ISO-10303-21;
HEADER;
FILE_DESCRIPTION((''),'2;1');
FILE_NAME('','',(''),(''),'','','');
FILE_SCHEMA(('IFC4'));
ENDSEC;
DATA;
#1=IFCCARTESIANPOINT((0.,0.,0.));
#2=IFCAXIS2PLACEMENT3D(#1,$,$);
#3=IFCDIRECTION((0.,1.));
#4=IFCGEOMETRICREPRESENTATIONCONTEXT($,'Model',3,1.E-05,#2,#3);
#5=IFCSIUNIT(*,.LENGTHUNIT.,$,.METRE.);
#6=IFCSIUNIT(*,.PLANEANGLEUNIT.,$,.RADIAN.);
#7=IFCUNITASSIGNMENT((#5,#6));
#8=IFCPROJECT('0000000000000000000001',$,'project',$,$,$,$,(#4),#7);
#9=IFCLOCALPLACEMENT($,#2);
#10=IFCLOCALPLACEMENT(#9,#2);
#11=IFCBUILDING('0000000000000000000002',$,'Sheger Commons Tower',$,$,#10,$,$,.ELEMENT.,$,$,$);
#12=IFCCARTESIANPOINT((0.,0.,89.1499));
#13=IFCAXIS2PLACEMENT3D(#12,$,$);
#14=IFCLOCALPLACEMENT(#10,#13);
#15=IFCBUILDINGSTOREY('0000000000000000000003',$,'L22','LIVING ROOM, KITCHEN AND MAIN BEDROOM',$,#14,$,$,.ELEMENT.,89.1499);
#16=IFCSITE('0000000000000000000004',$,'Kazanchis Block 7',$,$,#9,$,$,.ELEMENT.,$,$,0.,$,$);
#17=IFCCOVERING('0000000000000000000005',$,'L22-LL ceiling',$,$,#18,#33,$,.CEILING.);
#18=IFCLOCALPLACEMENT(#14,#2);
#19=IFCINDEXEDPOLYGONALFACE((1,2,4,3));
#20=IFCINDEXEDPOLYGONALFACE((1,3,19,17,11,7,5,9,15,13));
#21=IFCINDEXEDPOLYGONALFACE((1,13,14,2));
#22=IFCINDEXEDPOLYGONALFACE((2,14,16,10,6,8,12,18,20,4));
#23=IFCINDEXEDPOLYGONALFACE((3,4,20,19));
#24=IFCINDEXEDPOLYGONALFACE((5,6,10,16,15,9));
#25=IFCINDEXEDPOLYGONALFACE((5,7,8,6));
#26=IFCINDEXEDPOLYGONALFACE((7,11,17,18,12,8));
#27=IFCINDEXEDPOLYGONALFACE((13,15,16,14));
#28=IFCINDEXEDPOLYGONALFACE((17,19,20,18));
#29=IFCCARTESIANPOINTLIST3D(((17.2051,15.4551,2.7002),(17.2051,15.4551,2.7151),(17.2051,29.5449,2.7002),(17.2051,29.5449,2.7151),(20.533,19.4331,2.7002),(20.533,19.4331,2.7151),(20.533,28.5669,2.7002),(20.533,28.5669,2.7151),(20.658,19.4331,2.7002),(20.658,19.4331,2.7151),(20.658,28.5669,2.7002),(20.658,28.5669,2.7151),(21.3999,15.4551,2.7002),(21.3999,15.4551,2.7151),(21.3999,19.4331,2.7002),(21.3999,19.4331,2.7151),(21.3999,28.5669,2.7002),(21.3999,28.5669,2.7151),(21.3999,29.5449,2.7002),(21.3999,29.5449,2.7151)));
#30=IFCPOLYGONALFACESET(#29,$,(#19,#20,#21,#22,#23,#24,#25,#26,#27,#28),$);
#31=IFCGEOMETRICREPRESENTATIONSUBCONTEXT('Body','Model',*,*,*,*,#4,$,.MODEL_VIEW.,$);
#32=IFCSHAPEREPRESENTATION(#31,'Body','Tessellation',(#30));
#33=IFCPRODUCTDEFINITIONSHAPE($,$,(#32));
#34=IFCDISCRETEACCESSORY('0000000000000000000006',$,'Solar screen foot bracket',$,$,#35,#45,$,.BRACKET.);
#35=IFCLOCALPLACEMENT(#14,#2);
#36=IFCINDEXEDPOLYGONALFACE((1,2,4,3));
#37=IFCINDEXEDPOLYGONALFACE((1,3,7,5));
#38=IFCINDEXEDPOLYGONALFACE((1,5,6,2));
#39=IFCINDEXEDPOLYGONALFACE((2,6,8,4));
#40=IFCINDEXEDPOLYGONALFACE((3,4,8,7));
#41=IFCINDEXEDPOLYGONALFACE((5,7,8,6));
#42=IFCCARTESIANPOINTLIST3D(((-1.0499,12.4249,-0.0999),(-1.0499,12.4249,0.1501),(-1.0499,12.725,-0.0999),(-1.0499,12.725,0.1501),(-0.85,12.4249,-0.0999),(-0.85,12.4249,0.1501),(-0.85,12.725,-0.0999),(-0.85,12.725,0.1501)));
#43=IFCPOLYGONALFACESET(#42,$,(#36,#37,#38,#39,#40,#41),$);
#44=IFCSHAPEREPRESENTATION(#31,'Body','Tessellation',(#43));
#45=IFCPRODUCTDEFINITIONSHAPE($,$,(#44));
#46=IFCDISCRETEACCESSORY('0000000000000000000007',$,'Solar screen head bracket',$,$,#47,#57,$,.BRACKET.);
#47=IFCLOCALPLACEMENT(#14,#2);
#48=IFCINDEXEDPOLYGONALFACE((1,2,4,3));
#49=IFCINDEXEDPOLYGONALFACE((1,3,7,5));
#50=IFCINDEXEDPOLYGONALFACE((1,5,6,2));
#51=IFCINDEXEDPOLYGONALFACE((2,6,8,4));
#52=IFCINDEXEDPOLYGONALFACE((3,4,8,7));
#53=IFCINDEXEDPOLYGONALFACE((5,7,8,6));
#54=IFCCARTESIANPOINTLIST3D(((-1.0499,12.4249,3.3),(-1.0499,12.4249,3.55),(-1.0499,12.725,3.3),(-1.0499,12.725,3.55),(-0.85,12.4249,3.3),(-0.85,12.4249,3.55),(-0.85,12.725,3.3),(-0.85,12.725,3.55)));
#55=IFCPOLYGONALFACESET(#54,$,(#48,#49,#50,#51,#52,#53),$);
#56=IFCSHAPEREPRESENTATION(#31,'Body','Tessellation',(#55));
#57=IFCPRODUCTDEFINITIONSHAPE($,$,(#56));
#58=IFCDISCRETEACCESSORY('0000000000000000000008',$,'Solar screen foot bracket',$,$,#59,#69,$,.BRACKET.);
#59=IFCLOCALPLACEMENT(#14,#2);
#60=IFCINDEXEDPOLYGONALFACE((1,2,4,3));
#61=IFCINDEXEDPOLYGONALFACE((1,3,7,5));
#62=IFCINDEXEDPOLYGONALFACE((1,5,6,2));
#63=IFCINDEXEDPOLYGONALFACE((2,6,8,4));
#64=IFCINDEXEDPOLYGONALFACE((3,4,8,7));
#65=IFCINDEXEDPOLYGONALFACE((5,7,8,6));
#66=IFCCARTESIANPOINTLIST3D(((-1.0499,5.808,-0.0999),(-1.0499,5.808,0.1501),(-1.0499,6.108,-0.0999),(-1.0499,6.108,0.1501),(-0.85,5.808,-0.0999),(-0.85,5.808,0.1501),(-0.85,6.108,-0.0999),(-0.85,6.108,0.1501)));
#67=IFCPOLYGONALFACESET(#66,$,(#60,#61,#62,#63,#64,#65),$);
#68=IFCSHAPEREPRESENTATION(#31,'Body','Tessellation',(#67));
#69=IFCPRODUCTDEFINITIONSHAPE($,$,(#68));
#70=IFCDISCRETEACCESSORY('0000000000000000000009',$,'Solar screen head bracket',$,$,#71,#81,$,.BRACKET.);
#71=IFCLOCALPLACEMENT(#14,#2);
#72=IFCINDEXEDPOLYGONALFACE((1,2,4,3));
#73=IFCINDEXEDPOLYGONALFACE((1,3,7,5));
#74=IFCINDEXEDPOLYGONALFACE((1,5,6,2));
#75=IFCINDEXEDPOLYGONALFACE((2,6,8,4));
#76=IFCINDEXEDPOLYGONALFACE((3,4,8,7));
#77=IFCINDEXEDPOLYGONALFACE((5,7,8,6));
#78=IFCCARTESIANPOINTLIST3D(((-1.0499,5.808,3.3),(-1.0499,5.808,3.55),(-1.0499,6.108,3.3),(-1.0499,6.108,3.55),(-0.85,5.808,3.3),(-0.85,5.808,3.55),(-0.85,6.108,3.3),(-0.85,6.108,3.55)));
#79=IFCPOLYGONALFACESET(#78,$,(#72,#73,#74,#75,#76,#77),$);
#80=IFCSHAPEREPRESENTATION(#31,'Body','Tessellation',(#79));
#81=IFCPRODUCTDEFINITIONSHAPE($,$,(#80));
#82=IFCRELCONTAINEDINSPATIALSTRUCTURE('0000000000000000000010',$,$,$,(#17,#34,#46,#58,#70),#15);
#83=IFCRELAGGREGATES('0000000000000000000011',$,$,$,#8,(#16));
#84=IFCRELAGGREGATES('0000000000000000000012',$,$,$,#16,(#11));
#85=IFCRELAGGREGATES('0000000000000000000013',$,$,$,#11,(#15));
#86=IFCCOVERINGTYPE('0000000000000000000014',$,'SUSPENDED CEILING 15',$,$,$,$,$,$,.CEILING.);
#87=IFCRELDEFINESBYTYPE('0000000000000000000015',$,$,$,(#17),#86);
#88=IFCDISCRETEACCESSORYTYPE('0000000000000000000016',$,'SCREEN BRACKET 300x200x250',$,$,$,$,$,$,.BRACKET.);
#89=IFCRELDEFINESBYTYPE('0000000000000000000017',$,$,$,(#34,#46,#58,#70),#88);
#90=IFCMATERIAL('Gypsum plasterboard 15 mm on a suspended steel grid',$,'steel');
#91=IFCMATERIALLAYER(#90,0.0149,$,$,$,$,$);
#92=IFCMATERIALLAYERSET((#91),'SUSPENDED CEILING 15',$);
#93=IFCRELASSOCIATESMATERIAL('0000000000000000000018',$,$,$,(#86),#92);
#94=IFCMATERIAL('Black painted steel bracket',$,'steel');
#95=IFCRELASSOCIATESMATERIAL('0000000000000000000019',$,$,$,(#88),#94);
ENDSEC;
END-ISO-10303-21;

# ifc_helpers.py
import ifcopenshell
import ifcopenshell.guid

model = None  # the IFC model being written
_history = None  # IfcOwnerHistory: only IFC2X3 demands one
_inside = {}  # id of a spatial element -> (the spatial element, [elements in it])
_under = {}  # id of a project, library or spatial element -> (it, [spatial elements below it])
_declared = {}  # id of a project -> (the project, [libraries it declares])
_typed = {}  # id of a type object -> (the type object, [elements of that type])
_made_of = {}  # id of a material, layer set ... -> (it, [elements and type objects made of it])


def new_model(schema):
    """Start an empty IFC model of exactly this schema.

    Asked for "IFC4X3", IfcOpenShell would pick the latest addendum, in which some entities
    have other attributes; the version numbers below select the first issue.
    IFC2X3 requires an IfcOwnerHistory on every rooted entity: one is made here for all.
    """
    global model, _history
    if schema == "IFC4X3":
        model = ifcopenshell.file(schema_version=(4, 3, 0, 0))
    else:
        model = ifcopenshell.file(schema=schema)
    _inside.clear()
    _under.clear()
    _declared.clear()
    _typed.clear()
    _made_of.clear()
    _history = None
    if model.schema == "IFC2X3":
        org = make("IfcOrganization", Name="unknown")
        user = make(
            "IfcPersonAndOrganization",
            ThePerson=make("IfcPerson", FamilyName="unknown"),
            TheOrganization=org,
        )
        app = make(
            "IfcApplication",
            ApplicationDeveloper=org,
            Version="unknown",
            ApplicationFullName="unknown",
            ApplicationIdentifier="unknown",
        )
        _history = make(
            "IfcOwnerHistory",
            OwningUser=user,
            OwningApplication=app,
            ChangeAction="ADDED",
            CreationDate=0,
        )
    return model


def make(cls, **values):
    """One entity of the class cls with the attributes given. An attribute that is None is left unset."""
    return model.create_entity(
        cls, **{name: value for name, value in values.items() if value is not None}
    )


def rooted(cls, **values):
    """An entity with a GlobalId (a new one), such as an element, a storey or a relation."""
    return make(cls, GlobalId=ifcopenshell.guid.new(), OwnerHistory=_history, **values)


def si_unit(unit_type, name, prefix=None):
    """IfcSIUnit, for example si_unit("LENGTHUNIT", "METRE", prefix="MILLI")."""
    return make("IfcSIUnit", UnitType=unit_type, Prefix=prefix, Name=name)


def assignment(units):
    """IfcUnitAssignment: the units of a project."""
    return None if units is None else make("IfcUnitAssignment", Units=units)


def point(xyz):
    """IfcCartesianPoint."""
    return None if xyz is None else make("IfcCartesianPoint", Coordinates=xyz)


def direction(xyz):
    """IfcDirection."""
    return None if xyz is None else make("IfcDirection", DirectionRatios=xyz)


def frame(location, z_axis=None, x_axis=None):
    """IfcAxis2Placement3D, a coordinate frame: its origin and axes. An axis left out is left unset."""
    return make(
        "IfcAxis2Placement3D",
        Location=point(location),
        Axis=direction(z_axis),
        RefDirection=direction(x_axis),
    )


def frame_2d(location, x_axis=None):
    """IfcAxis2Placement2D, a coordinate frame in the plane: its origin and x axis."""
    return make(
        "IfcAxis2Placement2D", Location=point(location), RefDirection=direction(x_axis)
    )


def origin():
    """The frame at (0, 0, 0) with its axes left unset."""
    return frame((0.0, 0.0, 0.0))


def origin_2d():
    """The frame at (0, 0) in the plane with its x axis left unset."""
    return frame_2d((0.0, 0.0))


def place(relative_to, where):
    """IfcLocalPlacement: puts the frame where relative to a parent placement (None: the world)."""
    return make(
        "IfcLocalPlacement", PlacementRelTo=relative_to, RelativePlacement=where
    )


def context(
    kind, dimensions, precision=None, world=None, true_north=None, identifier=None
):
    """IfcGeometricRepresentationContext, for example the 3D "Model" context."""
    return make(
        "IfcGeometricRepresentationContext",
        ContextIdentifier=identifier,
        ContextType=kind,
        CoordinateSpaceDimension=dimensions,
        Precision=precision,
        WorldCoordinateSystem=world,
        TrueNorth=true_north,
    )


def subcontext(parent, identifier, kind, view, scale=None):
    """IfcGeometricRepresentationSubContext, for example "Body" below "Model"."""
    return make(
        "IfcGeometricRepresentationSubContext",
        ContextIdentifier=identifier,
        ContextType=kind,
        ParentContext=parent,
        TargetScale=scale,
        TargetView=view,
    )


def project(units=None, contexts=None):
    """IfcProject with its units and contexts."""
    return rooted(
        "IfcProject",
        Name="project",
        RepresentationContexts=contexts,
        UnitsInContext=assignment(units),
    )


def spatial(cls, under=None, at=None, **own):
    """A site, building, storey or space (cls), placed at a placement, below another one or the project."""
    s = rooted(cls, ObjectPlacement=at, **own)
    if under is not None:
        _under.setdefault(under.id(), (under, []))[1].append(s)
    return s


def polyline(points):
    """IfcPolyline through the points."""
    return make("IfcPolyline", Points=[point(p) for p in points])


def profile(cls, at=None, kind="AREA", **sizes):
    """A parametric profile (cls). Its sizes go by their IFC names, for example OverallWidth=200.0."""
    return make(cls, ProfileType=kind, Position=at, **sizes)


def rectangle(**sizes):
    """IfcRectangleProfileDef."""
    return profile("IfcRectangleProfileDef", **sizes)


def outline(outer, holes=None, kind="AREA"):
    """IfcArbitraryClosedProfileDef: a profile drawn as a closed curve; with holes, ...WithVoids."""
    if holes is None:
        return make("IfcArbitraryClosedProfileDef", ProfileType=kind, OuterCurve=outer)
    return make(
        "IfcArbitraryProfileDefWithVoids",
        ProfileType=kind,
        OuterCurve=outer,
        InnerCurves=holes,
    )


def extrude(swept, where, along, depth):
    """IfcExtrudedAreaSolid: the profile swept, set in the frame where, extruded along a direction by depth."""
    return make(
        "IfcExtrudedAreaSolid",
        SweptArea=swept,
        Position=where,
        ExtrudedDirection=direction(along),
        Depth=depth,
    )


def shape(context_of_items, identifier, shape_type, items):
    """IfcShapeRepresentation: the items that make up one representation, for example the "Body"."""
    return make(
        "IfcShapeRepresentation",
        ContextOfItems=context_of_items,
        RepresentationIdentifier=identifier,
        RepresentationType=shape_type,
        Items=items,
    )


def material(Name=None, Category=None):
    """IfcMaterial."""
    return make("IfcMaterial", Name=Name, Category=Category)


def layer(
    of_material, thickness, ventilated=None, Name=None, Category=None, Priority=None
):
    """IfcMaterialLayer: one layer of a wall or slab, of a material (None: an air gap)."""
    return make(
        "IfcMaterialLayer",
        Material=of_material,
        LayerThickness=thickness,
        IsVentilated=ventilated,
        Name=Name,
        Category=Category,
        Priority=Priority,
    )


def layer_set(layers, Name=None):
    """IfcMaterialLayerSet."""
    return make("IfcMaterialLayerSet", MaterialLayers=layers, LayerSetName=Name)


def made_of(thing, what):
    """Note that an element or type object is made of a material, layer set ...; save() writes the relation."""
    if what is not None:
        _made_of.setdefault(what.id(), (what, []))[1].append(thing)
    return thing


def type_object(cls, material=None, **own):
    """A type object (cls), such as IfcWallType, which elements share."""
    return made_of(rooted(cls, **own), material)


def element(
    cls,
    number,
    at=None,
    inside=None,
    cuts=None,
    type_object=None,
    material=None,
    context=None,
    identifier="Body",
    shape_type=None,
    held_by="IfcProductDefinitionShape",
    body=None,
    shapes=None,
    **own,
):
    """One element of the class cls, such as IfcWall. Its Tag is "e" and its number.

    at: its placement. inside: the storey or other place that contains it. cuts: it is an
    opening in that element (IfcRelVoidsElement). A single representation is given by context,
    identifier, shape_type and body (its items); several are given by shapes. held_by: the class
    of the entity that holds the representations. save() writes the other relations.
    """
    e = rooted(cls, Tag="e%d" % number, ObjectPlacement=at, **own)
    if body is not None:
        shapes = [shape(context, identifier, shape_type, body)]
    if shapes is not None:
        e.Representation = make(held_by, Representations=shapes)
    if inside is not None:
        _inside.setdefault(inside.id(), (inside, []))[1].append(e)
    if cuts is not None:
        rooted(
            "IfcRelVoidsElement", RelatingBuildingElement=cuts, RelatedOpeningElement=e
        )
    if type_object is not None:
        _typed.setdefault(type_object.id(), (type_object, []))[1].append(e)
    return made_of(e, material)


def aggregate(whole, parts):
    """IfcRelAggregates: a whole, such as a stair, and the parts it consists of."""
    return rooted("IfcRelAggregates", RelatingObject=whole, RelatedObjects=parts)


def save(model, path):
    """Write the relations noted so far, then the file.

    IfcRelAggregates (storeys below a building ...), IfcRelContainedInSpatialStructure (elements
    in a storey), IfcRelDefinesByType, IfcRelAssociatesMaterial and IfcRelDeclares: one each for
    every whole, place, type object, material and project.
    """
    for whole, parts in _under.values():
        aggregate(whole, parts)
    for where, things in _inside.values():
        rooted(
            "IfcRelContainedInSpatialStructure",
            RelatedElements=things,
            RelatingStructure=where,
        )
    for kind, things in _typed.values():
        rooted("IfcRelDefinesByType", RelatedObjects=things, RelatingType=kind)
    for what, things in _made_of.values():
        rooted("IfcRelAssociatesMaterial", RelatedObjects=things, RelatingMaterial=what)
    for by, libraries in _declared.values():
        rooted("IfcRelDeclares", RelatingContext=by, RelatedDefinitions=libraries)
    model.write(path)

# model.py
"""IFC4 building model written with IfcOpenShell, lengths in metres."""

from ifc_helpers import new_model, si_unit, direction, frame, origin, origin_2d, place, context, subcontext, project, spatial, polyline, rectangle, outline, extrude, material, layer, layer_set, type_object, element, save


model = new_model("IFC4")

# Units and contexts
model_context = context("Model", 3, precision=1e-05, world=origin(), true_north=direction((0.0, 1.0)))
body_context = subcontext(model_context, "Body", "Model", "MODEL_VIEW")
ifc_project = project(units=[si_unit("LENGTHUNIT", "METRE"), si_unit("PLANEANGLEUNIT", "RADIAN")], contexts=[model_context])

# Site, building, storey
site_placement = place(None, origin())
site = spatial("IfcSite", under=ifc_project, at=site_placement, Name="Kazanchis Block 7", CompositionType="ELEMENT", RefElevation=0.0)
building_placement = place(site_placement, origin())
building = spatial("IfcBuilding", under=site, at=building_placement, Name="Sheger Commons Tower", CompositionType="ELEMENT")
storey_placement = place(building_placement, frame((0.0, 0.0, 89.1499)))
storey = spatial("IfcBuildingStorey", under=building, at=storey_placement, Name="L22", Description="LIVING ROOM, KITCHEN AND MAIN BEDROOM", CompositionType="ELEMENT", Elevation=89.1499)

# Covering
ifc_material_1 = material(Name="Gypsum plasterboard 15 mm on a suspended steel grid", Category="steel")
ifc_layer_1 = layer(ifc_material_1, 0.0149)
ifc_layer_set_1 = layer_set([ifc_layer_1], Name="SUSPENDED CEILING 15")
covering_type_1 = type_object("IfcCoveringType", Name="SUSPENDED CEILING 15", PredefinedType="CEILING", material=ifc_layer_set_1)
covering_1_placement = place(storey_placement, frame((0.0, 0.0, 2.7002)))
element("IfcCovering", 1, at=covering_1_placement, inside=storey, type_object=covering_type_1, Name="L22-LL ceiling", PredefinedType="CEILING", context=body_context, shape_type="SweptSolid", body=[
    extrude(outline(polyline([(17.2051, 15.4551), (21.3999, 15.4551), (21.3999, 19.4331), (20.658, 19.4331), (20.533, 19.4331), (20.533, 28.5669), (20.658, 28.5669), (21.3999, 28.5669), (21.3999, 29.5449), (17.2051, 29.5449), (17.2051, 15.4551)])), origin(), (0.0, 0.0, 1.0), 0.0149),
])

# Discrete accessories
ifc_material_2 = material(Name="Black painted steel bracket", Category="steel")
discrete_accessory_type = type_object("IfcDiscreteAccessoryType", Name="SCREEN BRACKET 300x200x250", PredefinedType="BRACKET", material=ifc_material_2)
for number, where, z_axis, x_axis, name in (
    (2, (-0.95, 12.575, -0.0999), (0.0, 0.0, 1.0), (0.0, -1.0, 0.0), "Solar screen foot bracket"),
    (3, (-0.95, 12.575, 3.3), (0.0, 0.0, 1.0), (0.0, -1.0, 0.0), "Solar screen head bracket"),
    (4, (-0.95, 5.958, -0.0999), (0.0, 0.0, 1.0), (0.0, -1.0, 0.0), "Solar screen foot bracket"),
    (5, (-0.95, 5.958, 3.3), (0.0, 0.0, 1.0), (0.0, -1.0, 0.0), "Solar screen head bracket"),
):
    element("IfcDiscreteAccessory", number, at=place(storey_placement, frame(where, z_axis=z_axis, x_axis=x_axis)), inside=storey, type_object=discrete_accessory_type, Name=name, PredefinedType="BRACKET", context=body_context, shape_type="SweptSolid", body=[
        extrude(rectangle(XDim=0.3, YDim=0.2, at=origin_2d()), origin(), (0.0, 0.0, 1.0), 0.25),
    ])

save(model, "model.ifc")
